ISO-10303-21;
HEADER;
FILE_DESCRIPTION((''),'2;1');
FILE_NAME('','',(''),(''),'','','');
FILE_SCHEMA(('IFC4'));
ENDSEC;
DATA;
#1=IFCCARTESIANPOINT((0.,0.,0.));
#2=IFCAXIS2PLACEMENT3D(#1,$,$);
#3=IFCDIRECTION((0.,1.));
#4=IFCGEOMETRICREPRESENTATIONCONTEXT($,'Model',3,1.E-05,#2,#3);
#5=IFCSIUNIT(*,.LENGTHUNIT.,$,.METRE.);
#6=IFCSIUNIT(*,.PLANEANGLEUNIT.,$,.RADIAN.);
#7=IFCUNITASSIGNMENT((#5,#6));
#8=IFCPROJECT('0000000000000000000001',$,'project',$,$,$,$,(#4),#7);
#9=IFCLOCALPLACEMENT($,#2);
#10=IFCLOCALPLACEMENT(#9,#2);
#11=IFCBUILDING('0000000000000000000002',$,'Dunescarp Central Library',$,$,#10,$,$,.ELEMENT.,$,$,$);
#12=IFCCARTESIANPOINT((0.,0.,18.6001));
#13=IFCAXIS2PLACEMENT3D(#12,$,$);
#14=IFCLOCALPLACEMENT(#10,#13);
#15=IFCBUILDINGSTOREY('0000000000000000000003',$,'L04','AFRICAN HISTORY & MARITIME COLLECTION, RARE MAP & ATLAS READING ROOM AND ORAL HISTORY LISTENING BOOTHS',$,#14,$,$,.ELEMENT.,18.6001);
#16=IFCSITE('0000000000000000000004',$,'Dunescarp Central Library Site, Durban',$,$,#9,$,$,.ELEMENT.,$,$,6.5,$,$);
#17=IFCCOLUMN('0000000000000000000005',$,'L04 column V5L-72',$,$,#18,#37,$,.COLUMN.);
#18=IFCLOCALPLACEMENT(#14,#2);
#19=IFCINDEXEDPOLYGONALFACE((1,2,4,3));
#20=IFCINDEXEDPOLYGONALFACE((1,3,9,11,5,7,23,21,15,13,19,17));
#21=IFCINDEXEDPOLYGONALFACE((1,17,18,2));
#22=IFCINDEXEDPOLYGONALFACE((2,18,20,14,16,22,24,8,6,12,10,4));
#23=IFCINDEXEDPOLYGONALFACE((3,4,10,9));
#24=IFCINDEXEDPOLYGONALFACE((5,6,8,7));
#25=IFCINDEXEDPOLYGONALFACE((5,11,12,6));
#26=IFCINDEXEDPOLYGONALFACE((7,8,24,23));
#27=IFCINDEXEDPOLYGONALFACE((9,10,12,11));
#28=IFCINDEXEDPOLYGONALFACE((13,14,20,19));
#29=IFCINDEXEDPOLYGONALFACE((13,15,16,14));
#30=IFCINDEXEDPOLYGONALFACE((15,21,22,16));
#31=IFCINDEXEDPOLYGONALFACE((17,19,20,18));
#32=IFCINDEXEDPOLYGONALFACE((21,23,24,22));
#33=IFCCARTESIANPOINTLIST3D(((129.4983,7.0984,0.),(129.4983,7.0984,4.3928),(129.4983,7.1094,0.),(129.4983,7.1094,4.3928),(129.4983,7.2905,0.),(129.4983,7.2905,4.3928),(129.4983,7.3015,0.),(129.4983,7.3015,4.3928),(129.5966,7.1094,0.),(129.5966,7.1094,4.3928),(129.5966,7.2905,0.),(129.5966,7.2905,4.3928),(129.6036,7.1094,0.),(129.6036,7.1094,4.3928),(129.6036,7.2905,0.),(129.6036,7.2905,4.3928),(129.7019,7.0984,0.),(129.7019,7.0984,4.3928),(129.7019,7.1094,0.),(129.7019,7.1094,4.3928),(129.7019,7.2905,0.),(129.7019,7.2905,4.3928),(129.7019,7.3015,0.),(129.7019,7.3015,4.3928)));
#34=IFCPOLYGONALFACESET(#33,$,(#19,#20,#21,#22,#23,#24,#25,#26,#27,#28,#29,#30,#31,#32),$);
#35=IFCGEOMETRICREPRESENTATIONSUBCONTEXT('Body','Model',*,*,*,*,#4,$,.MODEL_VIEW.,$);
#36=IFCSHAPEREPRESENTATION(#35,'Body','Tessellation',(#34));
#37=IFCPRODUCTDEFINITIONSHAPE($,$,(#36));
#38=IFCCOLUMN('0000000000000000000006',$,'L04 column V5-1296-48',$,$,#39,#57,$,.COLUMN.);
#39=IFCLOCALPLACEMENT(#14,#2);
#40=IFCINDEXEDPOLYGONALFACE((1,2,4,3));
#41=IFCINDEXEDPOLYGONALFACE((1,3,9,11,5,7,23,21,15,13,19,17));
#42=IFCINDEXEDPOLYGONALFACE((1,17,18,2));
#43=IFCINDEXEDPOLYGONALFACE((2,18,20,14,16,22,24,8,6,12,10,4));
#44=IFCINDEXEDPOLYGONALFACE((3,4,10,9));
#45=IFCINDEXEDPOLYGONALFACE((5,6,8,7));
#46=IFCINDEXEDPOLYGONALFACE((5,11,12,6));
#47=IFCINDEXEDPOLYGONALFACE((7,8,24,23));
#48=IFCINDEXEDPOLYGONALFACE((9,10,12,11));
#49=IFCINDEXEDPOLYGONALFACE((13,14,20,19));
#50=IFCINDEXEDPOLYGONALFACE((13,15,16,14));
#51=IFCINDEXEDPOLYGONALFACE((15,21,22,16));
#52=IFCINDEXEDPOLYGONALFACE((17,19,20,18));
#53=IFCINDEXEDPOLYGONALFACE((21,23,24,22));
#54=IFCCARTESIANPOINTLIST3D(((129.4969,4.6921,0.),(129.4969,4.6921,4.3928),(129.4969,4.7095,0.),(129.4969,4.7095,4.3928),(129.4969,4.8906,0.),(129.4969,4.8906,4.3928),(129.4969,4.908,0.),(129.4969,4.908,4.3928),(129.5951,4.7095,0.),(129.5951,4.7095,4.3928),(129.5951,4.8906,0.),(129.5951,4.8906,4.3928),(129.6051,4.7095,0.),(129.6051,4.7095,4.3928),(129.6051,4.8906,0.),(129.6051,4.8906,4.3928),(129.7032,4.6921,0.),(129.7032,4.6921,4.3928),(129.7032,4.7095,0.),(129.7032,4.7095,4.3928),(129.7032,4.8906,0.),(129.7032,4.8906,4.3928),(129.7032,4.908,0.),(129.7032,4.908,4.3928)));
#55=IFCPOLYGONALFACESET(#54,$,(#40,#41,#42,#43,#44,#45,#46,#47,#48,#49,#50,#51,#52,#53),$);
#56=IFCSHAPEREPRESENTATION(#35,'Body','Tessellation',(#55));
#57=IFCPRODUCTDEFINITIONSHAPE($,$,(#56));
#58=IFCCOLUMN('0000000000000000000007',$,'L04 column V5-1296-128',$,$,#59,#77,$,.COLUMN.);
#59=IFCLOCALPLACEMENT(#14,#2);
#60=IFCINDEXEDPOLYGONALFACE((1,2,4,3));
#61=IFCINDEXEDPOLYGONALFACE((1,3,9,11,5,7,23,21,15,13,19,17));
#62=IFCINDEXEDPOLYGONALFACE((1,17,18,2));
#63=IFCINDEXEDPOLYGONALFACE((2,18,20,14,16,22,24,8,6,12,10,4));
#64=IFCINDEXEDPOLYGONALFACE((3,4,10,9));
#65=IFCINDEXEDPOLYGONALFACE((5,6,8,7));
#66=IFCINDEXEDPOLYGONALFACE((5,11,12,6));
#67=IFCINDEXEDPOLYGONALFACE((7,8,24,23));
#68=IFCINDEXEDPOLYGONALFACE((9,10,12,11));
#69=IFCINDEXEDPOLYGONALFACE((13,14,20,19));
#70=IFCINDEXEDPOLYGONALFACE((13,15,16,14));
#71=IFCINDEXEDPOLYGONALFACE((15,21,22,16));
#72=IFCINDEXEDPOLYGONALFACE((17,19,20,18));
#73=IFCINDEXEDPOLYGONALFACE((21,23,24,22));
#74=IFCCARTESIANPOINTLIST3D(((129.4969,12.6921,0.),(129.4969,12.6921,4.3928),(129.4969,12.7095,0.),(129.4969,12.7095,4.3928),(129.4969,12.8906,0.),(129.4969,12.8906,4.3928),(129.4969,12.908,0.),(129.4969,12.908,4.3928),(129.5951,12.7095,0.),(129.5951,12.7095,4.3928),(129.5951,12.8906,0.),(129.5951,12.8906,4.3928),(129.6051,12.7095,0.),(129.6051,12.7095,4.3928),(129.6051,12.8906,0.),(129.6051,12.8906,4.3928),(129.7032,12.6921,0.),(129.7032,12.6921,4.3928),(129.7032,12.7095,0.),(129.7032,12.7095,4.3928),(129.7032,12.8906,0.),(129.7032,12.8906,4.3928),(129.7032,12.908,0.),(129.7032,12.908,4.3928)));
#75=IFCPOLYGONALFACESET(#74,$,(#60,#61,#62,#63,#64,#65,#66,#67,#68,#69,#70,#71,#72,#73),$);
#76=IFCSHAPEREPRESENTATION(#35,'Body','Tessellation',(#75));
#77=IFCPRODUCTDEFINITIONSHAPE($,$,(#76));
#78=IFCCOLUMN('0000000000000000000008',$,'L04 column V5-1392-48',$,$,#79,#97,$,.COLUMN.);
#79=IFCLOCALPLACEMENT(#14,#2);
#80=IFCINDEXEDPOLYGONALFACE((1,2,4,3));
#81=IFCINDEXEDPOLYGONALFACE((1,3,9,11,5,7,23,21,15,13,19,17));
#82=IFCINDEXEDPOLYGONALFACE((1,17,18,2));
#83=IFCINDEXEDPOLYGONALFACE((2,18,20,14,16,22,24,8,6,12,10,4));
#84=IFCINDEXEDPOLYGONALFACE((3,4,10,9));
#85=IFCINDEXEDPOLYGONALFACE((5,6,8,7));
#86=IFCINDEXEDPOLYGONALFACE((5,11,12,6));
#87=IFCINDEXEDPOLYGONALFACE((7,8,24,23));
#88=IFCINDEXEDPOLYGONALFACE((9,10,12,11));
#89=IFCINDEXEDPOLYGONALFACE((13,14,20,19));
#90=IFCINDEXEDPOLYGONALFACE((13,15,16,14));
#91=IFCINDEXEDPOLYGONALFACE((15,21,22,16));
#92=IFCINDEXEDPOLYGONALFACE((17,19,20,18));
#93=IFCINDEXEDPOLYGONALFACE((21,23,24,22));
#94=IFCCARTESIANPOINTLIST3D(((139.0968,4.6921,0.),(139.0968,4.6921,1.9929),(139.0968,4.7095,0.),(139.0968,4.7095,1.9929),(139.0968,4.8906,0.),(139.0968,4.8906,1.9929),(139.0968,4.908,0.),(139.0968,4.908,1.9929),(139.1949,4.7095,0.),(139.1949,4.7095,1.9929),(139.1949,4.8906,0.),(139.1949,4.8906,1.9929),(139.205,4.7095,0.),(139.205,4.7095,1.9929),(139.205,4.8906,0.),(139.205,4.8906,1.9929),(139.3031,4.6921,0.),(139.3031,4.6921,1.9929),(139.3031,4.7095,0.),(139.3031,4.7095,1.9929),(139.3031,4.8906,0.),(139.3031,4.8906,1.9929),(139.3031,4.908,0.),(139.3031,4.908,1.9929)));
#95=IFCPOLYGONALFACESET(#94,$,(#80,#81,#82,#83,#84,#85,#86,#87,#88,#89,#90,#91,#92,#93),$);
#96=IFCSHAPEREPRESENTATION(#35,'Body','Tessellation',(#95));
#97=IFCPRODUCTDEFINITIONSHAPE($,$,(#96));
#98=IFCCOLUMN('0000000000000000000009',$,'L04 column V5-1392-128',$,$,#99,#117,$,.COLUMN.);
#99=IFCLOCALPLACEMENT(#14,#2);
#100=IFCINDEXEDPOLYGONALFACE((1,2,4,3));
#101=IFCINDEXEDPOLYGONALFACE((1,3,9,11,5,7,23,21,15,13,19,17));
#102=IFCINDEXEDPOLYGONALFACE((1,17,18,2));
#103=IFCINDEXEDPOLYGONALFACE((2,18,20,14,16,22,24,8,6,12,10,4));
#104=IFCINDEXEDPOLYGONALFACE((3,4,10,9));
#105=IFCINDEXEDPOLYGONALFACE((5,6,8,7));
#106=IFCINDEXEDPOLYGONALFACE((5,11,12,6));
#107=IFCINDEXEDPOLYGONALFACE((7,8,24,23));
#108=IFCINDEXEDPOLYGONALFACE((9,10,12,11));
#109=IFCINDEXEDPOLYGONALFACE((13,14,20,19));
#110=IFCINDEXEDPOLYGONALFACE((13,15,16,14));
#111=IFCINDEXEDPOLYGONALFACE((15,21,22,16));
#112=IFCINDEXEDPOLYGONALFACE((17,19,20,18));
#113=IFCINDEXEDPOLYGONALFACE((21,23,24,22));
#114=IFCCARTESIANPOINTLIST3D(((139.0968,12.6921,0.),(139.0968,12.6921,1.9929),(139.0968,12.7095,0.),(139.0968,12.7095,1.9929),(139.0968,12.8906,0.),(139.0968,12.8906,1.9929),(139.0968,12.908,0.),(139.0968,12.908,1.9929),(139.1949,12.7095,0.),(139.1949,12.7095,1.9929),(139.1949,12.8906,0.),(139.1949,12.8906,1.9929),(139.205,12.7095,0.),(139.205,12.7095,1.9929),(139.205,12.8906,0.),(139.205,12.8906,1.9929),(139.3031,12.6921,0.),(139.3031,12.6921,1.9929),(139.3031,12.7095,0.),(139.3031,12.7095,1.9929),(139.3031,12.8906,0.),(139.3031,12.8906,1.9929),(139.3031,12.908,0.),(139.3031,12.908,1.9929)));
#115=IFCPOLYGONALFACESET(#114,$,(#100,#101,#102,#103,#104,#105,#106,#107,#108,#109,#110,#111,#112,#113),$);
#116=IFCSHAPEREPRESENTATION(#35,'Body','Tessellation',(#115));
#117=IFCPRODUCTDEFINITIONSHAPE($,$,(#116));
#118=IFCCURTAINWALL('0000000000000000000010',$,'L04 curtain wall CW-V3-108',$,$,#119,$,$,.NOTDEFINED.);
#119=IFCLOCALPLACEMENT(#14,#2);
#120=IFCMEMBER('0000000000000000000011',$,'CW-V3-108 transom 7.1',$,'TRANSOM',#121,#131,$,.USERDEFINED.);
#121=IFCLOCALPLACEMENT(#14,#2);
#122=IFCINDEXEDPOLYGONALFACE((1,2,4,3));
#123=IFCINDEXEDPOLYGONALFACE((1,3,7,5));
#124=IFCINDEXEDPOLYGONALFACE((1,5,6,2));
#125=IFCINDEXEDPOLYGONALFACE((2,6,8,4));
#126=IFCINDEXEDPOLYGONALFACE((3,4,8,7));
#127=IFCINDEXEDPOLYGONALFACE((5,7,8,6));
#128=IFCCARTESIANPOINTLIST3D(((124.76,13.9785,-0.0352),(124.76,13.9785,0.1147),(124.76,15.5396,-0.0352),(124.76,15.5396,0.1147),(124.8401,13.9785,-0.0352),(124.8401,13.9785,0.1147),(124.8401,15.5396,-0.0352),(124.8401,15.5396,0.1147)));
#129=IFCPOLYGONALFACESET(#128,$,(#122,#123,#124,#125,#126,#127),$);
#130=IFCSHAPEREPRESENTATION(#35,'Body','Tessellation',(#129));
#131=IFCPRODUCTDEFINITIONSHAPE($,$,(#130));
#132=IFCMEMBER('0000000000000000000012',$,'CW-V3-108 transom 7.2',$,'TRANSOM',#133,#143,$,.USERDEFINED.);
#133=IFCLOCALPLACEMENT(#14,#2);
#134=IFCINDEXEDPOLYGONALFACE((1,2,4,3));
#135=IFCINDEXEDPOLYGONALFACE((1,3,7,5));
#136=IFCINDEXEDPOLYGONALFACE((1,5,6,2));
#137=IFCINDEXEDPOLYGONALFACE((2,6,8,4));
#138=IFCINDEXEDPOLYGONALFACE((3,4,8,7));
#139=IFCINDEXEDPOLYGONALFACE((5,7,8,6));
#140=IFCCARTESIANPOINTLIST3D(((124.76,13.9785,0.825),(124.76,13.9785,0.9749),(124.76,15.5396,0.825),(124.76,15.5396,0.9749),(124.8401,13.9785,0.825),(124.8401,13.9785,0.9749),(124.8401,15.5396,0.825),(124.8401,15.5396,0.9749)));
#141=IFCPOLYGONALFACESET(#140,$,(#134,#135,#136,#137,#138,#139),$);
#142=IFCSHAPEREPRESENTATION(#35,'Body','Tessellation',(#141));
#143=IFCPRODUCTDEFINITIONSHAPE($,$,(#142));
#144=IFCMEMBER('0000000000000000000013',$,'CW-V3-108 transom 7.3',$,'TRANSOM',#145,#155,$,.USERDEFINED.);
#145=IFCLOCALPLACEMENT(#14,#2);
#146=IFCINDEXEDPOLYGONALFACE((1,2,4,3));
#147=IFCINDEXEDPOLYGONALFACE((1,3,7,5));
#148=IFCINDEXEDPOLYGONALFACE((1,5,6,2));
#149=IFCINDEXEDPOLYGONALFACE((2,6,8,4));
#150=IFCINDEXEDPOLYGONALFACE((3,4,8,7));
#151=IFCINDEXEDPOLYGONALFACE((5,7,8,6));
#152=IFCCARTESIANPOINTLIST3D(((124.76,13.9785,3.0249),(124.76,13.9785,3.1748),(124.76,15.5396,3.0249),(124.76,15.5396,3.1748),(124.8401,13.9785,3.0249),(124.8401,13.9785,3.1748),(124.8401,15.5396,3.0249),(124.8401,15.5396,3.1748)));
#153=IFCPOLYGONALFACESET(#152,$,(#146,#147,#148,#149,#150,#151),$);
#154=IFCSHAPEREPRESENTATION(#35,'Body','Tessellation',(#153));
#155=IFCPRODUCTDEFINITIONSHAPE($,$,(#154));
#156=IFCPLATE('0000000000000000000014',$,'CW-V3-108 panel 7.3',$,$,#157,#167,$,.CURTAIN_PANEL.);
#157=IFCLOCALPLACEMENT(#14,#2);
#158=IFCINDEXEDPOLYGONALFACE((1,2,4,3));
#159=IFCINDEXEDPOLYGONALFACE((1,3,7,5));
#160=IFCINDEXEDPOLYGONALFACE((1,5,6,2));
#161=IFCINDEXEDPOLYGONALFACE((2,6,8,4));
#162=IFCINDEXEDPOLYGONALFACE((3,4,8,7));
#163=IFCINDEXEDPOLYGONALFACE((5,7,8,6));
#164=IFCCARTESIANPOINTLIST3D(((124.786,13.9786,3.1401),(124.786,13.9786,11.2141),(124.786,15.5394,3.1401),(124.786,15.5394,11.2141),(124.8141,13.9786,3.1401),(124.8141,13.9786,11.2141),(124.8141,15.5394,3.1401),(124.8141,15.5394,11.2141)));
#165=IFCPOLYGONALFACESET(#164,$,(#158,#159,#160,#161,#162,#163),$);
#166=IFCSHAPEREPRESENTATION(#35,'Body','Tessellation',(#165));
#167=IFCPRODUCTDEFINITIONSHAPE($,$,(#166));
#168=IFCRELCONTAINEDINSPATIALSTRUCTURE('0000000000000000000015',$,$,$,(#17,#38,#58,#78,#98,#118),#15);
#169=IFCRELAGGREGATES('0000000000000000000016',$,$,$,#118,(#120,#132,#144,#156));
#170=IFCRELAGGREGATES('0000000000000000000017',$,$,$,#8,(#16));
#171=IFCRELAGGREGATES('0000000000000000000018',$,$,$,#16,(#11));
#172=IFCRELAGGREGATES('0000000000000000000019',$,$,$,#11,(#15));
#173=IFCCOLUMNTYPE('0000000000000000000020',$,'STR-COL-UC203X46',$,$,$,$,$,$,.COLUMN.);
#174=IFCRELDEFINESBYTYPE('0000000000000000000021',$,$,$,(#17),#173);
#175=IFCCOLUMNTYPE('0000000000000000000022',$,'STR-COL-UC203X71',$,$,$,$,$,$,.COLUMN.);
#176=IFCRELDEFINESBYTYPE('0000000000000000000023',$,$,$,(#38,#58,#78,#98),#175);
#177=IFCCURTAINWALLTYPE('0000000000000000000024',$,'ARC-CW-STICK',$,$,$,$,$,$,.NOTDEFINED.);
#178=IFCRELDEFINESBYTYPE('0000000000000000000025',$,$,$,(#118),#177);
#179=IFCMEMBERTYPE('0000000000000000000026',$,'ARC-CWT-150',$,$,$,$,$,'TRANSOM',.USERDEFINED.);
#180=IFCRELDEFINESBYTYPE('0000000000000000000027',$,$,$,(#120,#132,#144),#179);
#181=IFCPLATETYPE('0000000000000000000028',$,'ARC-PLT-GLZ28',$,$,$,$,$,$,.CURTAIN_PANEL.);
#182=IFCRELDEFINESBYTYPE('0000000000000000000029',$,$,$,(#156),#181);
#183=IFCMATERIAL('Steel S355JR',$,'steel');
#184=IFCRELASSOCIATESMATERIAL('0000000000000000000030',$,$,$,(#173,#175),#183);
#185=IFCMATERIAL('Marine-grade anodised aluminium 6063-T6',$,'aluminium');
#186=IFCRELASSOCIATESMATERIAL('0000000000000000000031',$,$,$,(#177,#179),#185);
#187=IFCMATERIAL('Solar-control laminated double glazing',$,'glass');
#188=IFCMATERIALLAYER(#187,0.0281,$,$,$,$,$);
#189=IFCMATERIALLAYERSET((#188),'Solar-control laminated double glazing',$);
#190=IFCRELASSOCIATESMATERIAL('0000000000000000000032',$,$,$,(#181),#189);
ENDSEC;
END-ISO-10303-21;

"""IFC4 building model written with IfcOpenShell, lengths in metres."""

from ifc_helpers import new_model, si_unit, direction, frame, origin, origin_2d, place, context, subcontext, project, spatial, rectangle, i_section, extrude, material, layer, layer_set, material_profile, profile_set, type_object, element, aggregate, save


model = new_model("IFC4")

# Units and contexts
model_context = context("Model", 3, precision=1e-05, world=origin(), true_north=direction((0.0, 1.0)))
body_context = subcontext(model_context, "Body", "Model", "MODEL_VIEW")
ifc_project = project(units=[si_unit("LENGTHUNIT", "METRE"), si_unit("PLANEANGLEUNIT", "RADIAN")], contexts=[model_context])

# Site, building, storey
site_placement = place(None, origin())
site = spatial("IfcSite", under=ifc_project, at=site_placement, Name="Dunescarp Central Library Site, Durban", CompositionType="ELEMENT", RefElevation=6.5)
building_placement = place(site_placement, origin())
building = spatial("IfcBuilding", under=site, at=building_placement, Name="Dunescarp Central Library", CompositionType="ELEMENT")
storey_placement = place(building_placement, frame((0.0, 0.0, 18.6001)))
storey = spatial("IfcBuildingStorey", under=building, at=storey_placement, Name="L04", Description="AFRICAN HISTORY & MARITIME COLLECTION, RARE MAP & ATLAS READING ROOM AND ORAL HISTORY LISTENING BOOTHS", CompositionType="ELEMENT", Elevation=18.6001)

# Columns
ifc_material_1 = material(Name="Steel S355JR", Category="steel")
ifc_material_profile_1 = material_profile(ifc_material_1, i_section(OverallWidth=0.2036, OverallDepth=0.2031, WebThickness=0.0071, FlangeThickness=0.011, at=origin_2d()), Name="UC 203x203x46")
ifc_profile_set_1 = profile_set([ifc_material_profile_1], Name="Steel S355JR")
column_type_1 = type_object("IfcColumnType", Name="STR-COL-UC203X46", PredefinedType="COLUMN", material=ifc_profile_set_1)
column_placement = place(storey_placement, frame((129.6001, 7.2, 0.0), z_axis=(0.0, 0.0, 1.0), x_axis=(1.0, 0.0, 0.0)))
element("IfcColumn", 1, at=column_placement, inside=storey, type_object=column_type_1, Name="L04 column V5L-72", PredefinedType="COLUMN", context=body_context, shape_type="SweptSolid", body=[
    extrude(i_section(OverallWidth=0.2036, OverallDepth=0.2031, WebThickness=0.0071, FlangeThickness=0.011, at=origin_2d()), origin(), (0.0, 0.0, 1.0), 4.3928),
])
ifc_material_profile_2 = material_profile(ifc_material_1, i_section(OverallWidth=0.2063, OverallDepth=0.2158, WebThickness=0.01, FlangeThickness=0.0173, at=origin_2d()), Name="UC 203x203x71")
ifc_profile_set_2 = profile_set([ifc_material_profile_2], Name="Steel S355JR")
column_type_2 = type_object("IfcColumnType", Name="STR-COL-UC203X71", PredefinedType="COLUMN", material=ifc_profile_set_2)
for number, where, z_axis, x_axis, name in (
    (2, (129.6001, 4.8, 0.0), (0.0, 0.0, 1.0), (1.0, 0.0, 0.0), "L04 column V5-1296-48"),
    (3, (129.6001, 12.8, 0.0), (0.0, 0.0, 1.0), (1.0, 0.0, 0.0), "L04 column V5-1296-128"),
):
    element("IfcColumn", number, at=place(storey_placement, frame(where, z_axis=z_axis, x_axis=x_axis)), inside=storey, type_object=column_type_2, Name=name, PredefinedType="COLUMN", context=body_context, shape_type="SweptSolid", body=[
        extrude(i_section(OverallWidth=0.2063, OverallDepth=0.2158, WebThickness=0.01, FlangeThickness=0.0173, at=origin_2d()), origin(), (0.0, 0.0, 1.0), 4.3928),
    ])
for number, where, z_axis, x_axis, name in (
    (4, (139.2, 4.8, 0.0), (0.0, 0.0, 1.0), (1.0, 0.0, 0.0), "L04 column V5-1392-48"),
    (5, (139.2, 12.8, 0.0), (0.0, 0.0, 1.0), (1.0, 0.0, 0.0), "L04 column V5-1392-128"),
):
    element("IfcColumn", number, at=place(storey_placement, frame(where, z_axis=z_axis, x_axis=x_axis)), inside=storey, type_object=column_type_2, Name=name, PredefinedType="COLUMN", context=body_context, shape_type="SweptSolid", body=[
        extrude(i_section(OverallWidth=0.2063, OverallDepth=0.2158, WebThickness=0.01, FlangeThickness=0.0173, at=origin_2d()), origin(), (0.0, 0.0, 1.0), 1.9929),
    ])

# Curtain wall, members, plate
ifc_material_2 = material(Name="Marine-grade anodised aluminium 6063-T6", Category="aluminium")
curtain_wall_type = type_object("IfcCurtainWallType", Name="ARC-CW-STICK", PredefinedType="NOTDEFINED", material=ifc_material_2)
curtain_wall_placement = place(storey_placement, origin())
curtain_wall = element("IfcCurtainWall", 6, at=curtain_wall_placement, inside=storey, type_object=curtain_wall_type, Name="L04 curtain wall CW-V3-108", PredefinedType="NOTDEFINED")
ifc_material_profile_3 = material_profile(ifc_material_2, rectangle(XDim=0.0801, YDim=0.1499, at=origin_2d()), Name="AL 80x150")
ifc_profile_set_3 = profile_set([ifc_material_profile_3], Name="Marine-grade anodised aluminium 6063-T6")
member_type = type_object("IfcMemberType", Name="ARC-CWT-150", ElementType="TRANSOM", PredefinedType="USERDEFINED", material=ifc_profile_set_3)
member_1_placement = place(storey_placement, frame((124.8, 15.5396, 0.0398), z_axis=(0.0, -1.0, 0.0), x_axis=(1.0, 0.0, 0.0)))
member_1 = element("IfcMember", 7, at=member_1_placement, type_object=member_type, Name="CW-V3-108 transom 7.1", ObjectType="TRANSOM", PredefinedType="USERDEFINED", context=body_context, shape_type="SweptSolid", body=[
    extrude(rectangle(XDim=0.0801, YDim=0.1499, at=origin_2d()), origin(), (0.0, 0.0, 1.0), 1.561),
])
member_2_placement = place(storey_placement, frame((124.8, 15.5396, 0.8999), z_axis=(0.0, -1.0, 0.0), x_axis=(1.0, 0.0, 0.0)))
member_2 = element("IfcMember", 8, at=member_2_placement, type_object=member_type, Name="CW-V3-108 transom 7.2", ObjectType="TRANSOM", PredefinedType="USERDEFINED", context=body_context, shape_type="SweptSolid", body=[
    extrude(rectangle(XDim=0.0801, YDim=0.1499, at=origin_2d()), origin(), (0.0, 0.0, 1.0), 1.561),
])
member_3_placement = place(storey_placement, frame((124.8, 15.5396, 3.0999), z_axis=(0.0, -1.0, 0.0), x_axis=(1.0, 0.0, 0.0)))
member_3 = element("IfcMember", 9, at=member_3_placement, type_object=member_type, Name="CW-V3-108 transom 7.3", ObjectType="TRANSOM", PredefinedType="USERDEFINED", context=body_context, shape_type="SweptSolid", body=[
    extrude(rectangle(XDim=0.0801, YDim=0.1499, at=origin_2d()), origin(), (0.0, 0.0, 1.0), 1.561),
])
ifc_material_3 = material(Name="Solar-control laminated double glazing", Category="glass")
ifc_layer_1 = layer(ifc_material_3, 0.0281)
ifc_layer_set_1 = layer_set([ifc_layer_1], Name="Solar-control laminated double glazing")
plate_type = type_object("IfcPlateType", Name="ARC-PLT-GLZ28", PredefinedType="CURTAIN_PANEL", material=ifc_layer_set_1)
plate_placement = place(storey_placement, frame((124.8, 14.759, 3.1401), z_axis=(0.0, 0.0, 1.0), x_axis=(0.0, -1.0, 0.0)))
plate = element("IfcPlate", 10, at=plate_placement, type_object=plate_type, Name="CW-V3-108 panel 7.3", PredefinedType="CURTAIN_PANEL", context=body_context, shape_type="SweptSolid", body=[
    extrude(rectangle(XDim=1.5608, YDim=0.0281, at=origin_2d()), origin(), (0.0, 0.0, 1.0), 8.074),
])
aggregate(curtain_wall, [member_1, member_2, member_3, plate])

save(model, "model.ifc")
